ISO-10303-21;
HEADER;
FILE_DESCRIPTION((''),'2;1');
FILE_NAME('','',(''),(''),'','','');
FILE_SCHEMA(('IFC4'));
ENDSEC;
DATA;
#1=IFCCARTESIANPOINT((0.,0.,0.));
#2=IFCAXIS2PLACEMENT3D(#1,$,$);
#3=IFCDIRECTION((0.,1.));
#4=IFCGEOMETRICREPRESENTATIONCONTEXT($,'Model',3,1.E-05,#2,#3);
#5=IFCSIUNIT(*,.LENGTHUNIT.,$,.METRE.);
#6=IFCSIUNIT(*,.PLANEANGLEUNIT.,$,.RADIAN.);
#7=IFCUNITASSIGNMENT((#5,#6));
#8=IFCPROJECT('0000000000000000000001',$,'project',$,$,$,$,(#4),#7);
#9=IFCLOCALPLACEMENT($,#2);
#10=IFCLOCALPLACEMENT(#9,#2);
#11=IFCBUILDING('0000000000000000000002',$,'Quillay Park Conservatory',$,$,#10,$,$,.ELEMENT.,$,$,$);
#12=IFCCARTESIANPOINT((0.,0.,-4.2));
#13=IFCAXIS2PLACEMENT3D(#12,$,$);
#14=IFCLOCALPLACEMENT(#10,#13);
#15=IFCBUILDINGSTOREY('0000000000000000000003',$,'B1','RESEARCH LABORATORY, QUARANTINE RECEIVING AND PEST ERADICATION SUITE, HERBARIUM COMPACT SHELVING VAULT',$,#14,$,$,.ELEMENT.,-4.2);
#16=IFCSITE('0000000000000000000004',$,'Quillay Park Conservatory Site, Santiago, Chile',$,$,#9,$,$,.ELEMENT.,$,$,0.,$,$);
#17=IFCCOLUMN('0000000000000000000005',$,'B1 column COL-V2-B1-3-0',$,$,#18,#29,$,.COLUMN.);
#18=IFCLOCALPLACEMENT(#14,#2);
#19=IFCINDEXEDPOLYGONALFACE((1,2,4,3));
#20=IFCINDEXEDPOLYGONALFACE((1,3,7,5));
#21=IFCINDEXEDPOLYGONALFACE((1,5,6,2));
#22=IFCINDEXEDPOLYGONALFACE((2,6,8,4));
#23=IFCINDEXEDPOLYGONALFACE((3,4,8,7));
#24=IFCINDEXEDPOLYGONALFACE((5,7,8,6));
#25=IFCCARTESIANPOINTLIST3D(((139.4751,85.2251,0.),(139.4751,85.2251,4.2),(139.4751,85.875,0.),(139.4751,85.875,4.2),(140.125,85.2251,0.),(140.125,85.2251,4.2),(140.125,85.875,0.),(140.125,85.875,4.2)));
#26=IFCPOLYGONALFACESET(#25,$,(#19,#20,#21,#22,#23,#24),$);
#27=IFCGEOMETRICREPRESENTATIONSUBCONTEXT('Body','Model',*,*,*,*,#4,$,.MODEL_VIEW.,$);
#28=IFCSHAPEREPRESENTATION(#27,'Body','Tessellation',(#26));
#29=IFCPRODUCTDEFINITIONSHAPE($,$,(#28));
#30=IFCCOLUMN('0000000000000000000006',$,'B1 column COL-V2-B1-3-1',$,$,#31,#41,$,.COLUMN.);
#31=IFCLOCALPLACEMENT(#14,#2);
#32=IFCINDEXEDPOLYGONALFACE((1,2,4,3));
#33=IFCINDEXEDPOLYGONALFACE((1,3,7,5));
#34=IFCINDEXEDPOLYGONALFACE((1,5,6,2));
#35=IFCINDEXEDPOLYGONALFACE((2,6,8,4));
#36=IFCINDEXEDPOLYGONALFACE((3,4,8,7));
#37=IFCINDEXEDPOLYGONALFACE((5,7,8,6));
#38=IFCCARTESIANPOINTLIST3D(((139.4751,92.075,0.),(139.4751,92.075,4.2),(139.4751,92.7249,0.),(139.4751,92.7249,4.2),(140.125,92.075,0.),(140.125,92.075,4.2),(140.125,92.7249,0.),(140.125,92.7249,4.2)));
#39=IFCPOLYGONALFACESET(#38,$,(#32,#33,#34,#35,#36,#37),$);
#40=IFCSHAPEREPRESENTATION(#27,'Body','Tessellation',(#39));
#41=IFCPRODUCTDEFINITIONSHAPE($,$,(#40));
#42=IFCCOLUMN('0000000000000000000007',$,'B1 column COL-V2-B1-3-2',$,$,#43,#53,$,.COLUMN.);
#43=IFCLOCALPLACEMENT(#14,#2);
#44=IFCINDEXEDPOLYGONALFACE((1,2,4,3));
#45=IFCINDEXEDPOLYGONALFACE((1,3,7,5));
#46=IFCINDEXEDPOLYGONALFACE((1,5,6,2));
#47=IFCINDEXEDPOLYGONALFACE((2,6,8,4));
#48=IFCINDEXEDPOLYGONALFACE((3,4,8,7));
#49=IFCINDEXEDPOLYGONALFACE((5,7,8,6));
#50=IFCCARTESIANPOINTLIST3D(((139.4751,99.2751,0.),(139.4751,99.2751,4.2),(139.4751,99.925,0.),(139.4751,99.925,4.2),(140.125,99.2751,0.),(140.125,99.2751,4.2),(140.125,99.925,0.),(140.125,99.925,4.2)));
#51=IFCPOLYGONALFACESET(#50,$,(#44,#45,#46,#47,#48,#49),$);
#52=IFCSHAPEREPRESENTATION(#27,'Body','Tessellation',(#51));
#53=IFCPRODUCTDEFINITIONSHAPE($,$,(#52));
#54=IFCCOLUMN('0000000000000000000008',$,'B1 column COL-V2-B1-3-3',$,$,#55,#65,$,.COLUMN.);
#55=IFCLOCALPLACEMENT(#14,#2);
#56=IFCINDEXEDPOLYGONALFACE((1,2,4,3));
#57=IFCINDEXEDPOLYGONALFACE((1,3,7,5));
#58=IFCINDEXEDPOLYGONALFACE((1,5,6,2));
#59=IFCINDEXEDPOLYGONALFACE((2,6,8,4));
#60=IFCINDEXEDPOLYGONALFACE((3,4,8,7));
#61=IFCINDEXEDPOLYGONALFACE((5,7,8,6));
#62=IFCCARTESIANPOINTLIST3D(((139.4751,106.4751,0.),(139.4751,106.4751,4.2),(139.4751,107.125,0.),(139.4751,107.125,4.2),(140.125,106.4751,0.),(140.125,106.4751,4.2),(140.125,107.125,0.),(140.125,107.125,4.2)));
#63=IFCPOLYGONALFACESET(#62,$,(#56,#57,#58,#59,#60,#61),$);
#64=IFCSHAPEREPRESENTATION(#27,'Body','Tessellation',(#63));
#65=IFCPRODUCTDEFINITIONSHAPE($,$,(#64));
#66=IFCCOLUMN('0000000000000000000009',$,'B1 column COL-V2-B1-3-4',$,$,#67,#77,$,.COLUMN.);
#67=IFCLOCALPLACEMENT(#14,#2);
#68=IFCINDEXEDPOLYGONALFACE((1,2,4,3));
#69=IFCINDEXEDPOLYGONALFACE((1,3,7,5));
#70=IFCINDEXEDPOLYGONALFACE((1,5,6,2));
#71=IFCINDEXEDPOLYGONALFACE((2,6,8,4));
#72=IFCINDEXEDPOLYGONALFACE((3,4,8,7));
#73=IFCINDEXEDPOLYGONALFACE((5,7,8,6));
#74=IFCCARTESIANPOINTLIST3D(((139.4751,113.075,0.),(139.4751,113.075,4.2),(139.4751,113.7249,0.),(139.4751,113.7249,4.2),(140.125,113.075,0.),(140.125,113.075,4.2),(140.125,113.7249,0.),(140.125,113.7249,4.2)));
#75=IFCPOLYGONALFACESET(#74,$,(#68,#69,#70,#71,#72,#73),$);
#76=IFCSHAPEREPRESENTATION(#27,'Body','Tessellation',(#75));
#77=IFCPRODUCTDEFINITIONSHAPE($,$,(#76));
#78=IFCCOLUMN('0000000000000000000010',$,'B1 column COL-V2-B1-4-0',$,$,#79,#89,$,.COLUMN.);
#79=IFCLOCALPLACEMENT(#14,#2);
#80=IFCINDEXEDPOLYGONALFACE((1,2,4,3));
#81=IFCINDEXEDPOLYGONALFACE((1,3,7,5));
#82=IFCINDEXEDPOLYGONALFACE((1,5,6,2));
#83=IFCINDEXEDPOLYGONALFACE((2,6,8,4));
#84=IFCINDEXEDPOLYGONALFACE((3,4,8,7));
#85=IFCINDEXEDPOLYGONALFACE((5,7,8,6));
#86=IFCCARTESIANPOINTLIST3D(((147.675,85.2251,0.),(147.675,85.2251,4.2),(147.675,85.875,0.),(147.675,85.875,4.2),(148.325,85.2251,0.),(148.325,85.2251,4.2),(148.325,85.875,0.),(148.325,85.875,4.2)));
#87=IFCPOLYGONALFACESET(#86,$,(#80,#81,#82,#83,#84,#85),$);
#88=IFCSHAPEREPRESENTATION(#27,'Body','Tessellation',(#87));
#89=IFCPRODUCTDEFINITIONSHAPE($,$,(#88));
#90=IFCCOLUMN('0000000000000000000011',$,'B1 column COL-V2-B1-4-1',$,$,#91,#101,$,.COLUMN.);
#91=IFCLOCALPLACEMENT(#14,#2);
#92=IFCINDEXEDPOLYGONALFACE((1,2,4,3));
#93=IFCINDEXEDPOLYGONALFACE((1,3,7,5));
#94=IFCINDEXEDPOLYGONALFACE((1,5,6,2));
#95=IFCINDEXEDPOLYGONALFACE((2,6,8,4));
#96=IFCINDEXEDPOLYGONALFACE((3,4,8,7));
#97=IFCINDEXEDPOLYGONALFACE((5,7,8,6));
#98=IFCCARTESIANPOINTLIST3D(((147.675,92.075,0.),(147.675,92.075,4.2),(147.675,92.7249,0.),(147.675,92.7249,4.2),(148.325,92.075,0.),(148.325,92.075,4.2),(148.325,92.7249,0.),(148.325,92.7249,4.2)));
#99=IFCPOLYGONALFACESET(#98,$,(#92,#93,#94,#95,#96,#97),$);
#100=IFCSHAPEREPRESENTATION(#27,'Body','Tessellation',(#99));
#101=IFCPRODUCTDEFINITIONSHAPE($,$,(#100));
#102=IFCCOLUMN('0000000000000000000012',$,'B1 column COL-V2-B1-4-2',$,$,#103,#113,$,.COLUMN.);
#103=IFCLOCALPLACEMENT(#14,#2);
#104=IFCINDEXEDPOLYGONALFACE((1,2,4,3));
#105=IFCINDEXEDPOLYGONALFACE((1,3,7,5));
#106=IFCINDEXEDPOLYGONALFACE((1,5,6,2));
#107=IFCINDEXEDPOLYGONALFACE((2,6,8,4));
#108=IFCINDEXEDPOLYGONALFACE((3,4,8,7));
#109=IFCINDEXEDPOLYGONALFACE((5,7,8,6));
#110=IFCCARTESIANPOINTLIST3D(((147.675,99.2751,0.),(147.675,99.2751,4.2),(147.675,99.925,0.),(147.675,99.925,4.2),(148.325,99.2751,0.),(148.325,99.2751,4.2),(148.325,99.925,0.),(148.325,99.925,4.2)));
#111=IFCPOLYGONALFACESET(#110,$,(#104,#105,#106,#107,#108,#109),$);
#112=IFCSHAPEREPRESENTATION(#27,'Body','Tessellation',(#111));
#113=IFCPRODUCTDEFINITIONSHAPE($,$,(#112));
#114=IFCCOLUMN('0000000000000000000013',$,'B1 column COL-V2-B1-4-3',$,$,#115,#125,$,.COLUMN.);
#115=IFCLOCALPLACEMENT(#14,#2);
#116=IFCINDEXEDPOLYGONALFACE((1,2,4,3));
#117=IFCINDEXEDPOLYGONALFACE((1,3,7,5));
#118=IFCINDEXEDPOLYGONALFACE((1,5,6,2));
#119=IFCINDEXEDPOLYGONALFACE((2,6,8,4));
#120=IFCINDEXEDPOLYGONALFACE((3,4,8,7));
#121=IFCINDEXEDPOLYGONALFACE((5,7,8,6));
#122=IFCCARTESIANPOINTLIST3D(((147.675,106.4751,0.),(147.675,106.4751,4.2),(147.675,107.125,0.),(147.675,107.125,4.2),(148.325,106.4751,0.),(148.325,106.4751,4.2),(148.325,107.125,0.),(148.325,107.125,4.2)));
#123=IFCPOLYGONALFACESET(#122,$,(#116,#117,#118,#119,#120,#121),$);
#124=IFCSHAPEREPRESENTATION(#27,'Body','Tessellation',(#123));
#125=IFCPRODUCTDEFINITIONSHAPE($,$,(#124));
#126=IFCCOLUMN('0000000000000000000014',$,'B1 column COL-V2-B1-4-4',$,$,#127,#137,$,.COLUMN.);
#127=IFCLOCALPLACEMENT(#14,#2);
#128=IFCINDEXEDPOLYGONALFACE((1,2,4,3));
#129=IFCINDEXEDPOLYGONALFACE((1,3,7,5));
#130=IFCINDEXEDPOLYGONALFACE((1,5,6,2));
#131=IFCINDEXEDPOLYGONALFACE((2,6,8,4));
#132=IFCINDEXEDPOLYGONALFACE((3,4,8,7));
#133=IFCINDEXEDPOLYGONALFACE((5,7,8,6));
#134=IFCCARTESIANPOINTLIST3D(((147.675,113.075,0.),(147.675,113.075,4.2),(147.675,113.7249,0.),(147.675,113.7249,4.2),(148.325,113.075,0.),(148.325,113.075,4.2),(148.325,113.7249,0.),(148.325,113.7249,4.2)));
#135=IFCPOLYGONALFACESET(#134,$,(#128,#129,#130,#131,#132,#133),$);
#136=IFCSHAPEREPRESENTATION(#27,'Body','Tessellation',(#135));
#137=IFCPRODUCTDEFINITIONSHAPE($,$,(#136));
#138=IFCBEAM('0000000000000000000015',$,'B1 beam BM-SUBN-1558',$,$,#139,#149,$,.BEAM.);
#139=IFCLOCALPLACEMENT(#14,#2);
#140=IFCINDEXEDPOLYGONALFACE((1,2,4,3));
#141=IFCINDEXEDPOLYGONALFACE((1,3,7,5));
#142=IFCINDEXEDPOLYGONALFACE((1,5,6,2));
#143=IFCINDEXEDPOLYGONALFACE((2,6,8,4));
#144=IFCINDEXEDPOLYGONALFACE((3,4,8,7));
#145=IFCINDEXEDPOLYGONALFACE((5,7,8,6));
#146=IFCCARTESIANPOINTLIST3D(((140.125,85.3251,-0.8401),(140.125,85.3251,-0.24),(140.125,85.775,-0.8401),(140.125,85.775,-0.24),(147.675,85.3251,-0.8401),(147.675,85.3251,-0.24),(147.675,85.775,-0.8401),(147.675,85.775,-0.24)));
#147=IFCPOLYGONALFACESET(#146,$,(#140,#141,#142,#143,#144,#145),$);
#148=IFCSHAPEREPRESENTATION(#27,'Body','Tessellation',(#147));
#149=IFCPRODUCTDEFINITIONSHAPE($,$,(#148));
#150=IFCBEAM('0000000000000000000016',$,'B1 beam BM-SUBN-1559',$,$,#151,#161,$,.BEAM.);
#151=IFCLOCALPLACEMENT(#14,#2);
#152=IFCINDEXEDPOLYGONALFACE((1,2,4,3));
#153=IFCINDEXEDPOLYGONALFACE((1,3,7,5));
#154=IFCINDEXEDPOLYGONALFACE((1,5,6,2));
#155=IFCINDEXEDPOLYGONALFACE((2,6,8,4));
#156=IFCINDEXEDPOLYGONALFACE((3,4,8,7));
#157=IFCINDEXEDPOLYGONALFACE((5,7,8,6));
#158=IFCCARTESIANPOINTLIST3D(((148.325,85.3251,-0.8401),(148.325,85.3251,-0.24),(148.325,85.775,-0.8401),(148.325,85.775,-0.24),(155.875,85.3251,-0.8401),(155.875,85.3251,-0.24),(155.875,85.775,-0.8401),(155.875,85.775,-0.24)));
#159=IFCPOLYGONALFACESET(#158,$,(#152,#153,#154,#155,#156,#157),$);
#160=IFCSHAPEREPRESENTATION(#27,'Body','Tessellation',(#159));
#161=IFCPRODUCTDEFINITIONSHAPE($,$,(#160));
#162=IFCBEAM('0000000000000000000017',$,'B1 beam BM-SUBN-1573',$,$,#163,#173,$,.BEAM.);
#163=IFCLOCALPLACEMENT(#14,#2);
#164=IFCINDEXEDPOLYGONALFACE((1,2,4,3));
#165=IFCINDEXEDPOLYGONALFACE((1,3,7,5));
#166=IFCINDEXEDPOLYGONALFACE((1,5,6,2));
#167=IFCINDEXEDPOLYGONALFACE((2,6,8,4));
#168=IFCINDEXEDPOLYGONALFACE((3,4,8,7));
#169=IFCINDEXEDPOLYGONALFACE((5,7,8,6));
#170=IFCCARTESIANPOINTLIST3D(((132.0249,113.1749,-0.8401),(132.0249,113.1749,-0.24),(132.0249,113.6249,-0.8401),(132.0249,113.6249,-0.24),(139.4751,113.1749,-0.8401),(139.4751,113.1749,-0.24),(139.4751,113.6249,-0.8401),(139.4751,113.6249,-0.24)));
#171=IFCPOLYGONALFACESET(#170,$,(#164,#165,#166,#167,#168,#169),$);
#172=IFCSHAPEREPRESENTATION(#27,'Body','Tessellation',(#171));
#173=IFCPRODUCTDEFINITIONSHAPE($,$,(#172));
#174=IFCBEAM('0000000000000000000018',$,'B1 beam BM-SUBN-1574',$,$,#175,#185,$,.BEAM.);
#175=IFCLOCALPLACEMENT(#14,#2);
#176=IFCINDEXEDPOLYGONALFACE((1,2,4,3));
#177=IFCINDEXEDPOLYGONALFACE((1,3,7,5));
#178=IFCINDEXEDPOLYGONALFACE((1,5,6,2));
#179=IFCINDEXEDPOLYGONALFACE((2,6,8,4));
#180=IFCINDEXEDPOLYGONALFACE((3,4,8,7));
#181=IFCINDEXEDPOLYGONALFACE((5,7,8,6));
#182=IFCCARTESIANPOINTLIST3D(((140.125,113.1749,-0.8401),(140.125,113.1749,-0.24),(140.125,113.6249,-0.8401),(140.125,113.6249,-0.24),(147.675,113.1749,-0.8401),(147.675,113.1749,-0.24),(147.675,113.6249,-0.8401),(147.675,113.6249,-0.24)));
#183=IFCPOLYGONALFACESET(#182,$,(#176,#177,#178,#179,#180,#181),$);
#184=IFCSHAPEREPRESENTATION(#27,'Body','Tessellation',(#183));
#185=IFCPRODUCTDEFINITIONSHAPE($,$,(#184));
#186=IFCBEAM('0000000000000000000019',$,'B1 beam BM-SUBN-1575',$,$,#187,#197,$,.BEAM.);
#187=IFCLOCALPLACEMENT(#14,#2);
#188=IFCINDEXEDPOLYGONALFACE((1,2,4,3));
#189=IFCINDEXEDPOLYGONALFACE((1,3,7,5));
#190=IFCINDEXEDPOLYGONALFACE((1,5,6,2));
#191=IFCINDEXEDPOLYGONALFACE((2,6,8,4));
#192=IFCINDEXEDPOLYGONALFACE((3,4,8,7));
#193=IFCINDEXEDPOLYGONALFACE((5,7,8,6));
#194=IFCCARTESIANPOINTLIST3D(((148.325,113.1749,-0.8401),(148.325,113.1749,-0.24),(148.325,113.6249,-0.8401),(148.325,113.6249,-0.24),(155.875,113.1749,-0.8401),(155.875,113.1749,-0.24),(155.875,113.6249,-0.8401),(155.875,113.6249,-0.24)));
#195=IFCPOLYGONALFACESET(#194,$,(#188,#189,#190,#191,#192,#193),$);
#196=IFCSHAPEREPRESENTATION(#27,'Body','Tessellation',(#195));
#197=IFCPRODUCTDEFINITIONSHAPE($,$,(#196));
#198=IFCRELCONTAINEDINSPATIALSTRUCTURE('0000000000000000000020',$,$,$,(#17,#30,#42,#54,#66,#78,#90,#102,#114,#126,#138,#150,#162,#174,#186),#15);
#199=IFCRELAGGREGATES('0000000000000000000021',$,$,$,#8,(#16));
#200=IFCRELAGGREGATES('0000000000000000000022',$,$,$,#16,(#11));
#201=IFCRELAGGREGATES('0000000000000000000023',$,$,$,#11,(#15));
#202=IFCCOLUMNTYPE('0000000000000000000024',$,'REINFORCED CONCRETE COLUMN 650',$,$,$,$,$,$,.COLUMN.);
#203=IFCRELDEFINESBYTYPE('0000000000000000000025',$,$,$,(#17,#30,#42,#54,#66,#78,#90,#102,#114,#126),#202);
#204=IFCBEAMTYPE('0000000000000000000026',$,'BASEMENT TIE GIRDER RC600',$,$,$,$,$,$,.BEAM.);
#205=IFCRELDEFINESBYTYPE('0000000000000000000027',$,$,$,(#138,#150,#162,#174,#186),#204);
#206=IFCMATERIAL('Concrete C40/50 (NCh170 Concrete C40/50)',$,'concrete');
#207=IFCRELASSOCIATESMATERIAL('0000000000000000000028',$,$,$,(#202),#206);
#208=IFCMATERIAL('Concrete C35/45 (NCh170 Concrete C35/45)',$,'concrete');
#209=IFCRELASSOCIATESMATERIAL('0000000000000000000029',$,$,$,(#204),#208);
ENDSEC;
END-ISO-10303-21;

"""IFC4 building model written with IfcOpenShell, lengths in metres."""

from ifc_helpers import new_model, si_unit, direction, frame, origin, origin_2d, place, context, subcontext, project, spatial, rectangle, extrude, material, material_profile, profile_set, type_object, element, save


model = new_model("IFC4")

# Units and contexts
model_context = context("Model", 3, precision=1e-05, world=origin(), true_north=direction((0.0, 1.0)))
body_context = subcontext(model_context, "Body", "Model", "MODEL_VIEW")
ifc_project = project(units=[si_unit("LENGTHUNIT", "METRE"), si_unit("PLANEANGLEUNIT", "RADIAN")], contexts=[model_context])

# Site, building, storey
site_placement = place(None, origin())
site = spatial("IfcSite", under=ifc_project, at=site_placement, Name="Quillay Park Conservatory Site, Santiago, Chile", CompositionType="ELEMENT", RefElevation=0.0)
building_placement = place(site_placement, origin())
building = spatial("IfcBuilding", under=site, at=building_placement, Name="Quillay Park Conservatory", CompositionType="ELEMENT")
storey_placement = place(building_placement, frame((0.0, 0.0, -4.2)))
storey = spatial("IfcBuildingStorey", under=building, at=storey_placement, Name="B1", Description="RESEARCH LABORATORY, QUARANTINE RECEIVING AND PEST ERADICATION SUITE, HERBARIUM COMPACT SHELVING VAULT", CompositionType="ELEMENT", Elevation=-4.2)

# Columns
ifc_material_1 = material(Name="Concrete C40/50 (NCh170 Concrete C40/50)", Category="concrete")
ifc_material_profile_1 = material_profile(ifc_material_1, rectangle(XDim=0.6499, YDim=0.6499, at=origin_2d()), Name="RC650x650")
ifc_profile_set_1 = profile_set([ifc_material_profile_1], Name="Concrete C40/50 (NCh170 Concrete C40/50)")
column_type = type_object("IfcColumnType", Name="REINFORCED CONCRETE COLUMN 650", PredefinedType="COLUMN", material=ifc_profile_set_1)
for number, where, z_axis, x_axis, name in (
    (1, (139.8, 85.55, 0.0), (0.0, 0.0, 1.0), (1.0, 0.0, 0.0), "B1 column COL-V2-B1-3-0"),
    (2, (139.8, 92.3999, 0.0), (0.0, 0.0, 1.0), (1.0, 0.0, 0.0), "B1 column COL-V2-B1-3-1"),
    (3, (139.8, 99.6001, 0.0), (0.0, 0.0, 1.0), (1.0, 0.0, 0.0), "B1 column COL-V2-B1-3-2"),
    (4, (139.8, 106.8, 0.0), (0.0, 0.0, 1.0), (1.0, 0.0, 0.0), "B1 column COL-V2-B1-3-3"),
    (5, (139.8, 113.3999, 0.0), (0.0, 0.0, 1.0), (1.0, 0.0, 0.0), "B1 column COL-V2-B1-3-4"),
    (6, (148.0, 85.55, 0.0), (0.0, 0.0, 1.0), (1.0, 0.0, 0.0), "B1 column COL-V2-B1-4-0"),
    (7, (148.0, 92.3999, 0.0), (0.0, 0.0, 1.0), (1.0, 0.0, 0.0), "B1 column COL-V2-B1-4-1"),
    (8, (148.0, 99.6001, 0.0), (0.0, 0.0, 1.0), (1.0, 0.0, 0.0), "B1 column COL-V2-B1-4-2"),
    (9, (148.0, 106.8, 0.0), (0.0, 0.0, 1.0), (1.0, 0.0, 0.0), "B1 column COL-V2-B1-4-3"),
    (10, (148.0, 113.3999, 0.0), (0.0, 0.0, 1.0), (1.0, 0.0, 0.0), "B1 column COL-V2-B1-4-4"),
):
    element("IfcColumn", number, at=place(storey_placement, frame(where, z_axis=z_axis, x_axis=x_axis)), inside=storey, type_object=column_type, Name=name, PredefinedType="COLUMN", context=body_context, shape_type="SweptSolid", body=[
        extrude(rectangle(XDim=0.6499, YDim=0.6499, at=origin_2d()), origin(), (0.0, 0.0, 1.0), 4.2),
    ])

# Beams
ifc_material_2 = material(Name="Concrete C35/45 (NCh170 Concrete C35/45)", Category="concrete")
ifc_material_profile_2 = material_profile(ifc_material_2, rectangle(XDim=0.45, YDim=0.6001, at=origin_2d()), Name="RC600x450")
ifc_profile_set_2 = profile_set([ifc_material_profile_2], Name="Concrete C35/45 (NCh170 Concrete C35/45)")
beam_type = type_object("IfcBeamType", Name="BASEMENT TIE GIRDER RC600", PredefinedType="BEAM", material=ifc_profile_set_2)
for number, where, z_axis, x_axis, name in (
    (11, (140.125, 85.55, -0.54), (1.0, 0.0, 0.0), (0.0, 1.0, 0.0), "B1 beam BM-SUBN-1558"),
    (12, (148.325, 85.55, -0.54), (1.0, 0.0, 0.0), (0.0, 1.0, 0.0), "B1 beam BM-SUBN-1559"),
):
    element("IfcBeam", number, at=place(storey_placement, frame(where, z_axis=z_axis, x_axis=x_axis)), inside=storey, type_object=beam_type, Name=name, PredefinedType="BEAM", context=body_context, shape_type="SweptSolid", body=[
        extrude(rectangle(XDim=0.45, YDim=0.6001, at=origin_2d()), origin(), (0.0, 0.0, 1.0), 7.55),
    ])
beam_placement = place(storey_placement, frame((132.0249, 113.3999, -0.54), z_axis=(1.0, 0.0, 0.0), x_axis=(0.0, 1.0, 0.0)))
element("IfcBeam", 13, at=beam_placement, inside=storey, type_object=beam_type, Name="B1 beam BM-SUBN-1573", PredefinedType="BEAM", context=body_context, shape_type="SweptSolid", body=[
    extrude(rectangle(XDim=0.45, YDim=0.6001, at=origin_2d()), origin(), (0.0, 0.0, 1.0), 7.4502),
])
for number, where, z_axis, x_axis, name in (
    (14, (140.125, 113.3999, -0.54), (1.0, 0.0, 0.0), (0.0, 1.0, 0.0), "B1 beam BM-SUBN-1574"),
    (15, (148.325, 113.3999, -0.54), (1.0, 0.0, 0.0), (0.0, 1.0, 0.0), "B1 beam BM-SUBN-1575"),
):
    element("IfcBeam", number, at=place(storey_placement, frame(where, z_axis=z_axis, x_axis=x_axis)), inside=storey, type_object=beam_type, Name=name, PredefinedType="BEAM", context=body_context, shape_type="SweptSolid", body=[
        extrude(rectangle(XDim=0.45, YDim=0.6001, at=origin_2d()), origin(), (0.0, 0.0, 1.0), 7.55),
    ])

save(model, "model.ifc")
